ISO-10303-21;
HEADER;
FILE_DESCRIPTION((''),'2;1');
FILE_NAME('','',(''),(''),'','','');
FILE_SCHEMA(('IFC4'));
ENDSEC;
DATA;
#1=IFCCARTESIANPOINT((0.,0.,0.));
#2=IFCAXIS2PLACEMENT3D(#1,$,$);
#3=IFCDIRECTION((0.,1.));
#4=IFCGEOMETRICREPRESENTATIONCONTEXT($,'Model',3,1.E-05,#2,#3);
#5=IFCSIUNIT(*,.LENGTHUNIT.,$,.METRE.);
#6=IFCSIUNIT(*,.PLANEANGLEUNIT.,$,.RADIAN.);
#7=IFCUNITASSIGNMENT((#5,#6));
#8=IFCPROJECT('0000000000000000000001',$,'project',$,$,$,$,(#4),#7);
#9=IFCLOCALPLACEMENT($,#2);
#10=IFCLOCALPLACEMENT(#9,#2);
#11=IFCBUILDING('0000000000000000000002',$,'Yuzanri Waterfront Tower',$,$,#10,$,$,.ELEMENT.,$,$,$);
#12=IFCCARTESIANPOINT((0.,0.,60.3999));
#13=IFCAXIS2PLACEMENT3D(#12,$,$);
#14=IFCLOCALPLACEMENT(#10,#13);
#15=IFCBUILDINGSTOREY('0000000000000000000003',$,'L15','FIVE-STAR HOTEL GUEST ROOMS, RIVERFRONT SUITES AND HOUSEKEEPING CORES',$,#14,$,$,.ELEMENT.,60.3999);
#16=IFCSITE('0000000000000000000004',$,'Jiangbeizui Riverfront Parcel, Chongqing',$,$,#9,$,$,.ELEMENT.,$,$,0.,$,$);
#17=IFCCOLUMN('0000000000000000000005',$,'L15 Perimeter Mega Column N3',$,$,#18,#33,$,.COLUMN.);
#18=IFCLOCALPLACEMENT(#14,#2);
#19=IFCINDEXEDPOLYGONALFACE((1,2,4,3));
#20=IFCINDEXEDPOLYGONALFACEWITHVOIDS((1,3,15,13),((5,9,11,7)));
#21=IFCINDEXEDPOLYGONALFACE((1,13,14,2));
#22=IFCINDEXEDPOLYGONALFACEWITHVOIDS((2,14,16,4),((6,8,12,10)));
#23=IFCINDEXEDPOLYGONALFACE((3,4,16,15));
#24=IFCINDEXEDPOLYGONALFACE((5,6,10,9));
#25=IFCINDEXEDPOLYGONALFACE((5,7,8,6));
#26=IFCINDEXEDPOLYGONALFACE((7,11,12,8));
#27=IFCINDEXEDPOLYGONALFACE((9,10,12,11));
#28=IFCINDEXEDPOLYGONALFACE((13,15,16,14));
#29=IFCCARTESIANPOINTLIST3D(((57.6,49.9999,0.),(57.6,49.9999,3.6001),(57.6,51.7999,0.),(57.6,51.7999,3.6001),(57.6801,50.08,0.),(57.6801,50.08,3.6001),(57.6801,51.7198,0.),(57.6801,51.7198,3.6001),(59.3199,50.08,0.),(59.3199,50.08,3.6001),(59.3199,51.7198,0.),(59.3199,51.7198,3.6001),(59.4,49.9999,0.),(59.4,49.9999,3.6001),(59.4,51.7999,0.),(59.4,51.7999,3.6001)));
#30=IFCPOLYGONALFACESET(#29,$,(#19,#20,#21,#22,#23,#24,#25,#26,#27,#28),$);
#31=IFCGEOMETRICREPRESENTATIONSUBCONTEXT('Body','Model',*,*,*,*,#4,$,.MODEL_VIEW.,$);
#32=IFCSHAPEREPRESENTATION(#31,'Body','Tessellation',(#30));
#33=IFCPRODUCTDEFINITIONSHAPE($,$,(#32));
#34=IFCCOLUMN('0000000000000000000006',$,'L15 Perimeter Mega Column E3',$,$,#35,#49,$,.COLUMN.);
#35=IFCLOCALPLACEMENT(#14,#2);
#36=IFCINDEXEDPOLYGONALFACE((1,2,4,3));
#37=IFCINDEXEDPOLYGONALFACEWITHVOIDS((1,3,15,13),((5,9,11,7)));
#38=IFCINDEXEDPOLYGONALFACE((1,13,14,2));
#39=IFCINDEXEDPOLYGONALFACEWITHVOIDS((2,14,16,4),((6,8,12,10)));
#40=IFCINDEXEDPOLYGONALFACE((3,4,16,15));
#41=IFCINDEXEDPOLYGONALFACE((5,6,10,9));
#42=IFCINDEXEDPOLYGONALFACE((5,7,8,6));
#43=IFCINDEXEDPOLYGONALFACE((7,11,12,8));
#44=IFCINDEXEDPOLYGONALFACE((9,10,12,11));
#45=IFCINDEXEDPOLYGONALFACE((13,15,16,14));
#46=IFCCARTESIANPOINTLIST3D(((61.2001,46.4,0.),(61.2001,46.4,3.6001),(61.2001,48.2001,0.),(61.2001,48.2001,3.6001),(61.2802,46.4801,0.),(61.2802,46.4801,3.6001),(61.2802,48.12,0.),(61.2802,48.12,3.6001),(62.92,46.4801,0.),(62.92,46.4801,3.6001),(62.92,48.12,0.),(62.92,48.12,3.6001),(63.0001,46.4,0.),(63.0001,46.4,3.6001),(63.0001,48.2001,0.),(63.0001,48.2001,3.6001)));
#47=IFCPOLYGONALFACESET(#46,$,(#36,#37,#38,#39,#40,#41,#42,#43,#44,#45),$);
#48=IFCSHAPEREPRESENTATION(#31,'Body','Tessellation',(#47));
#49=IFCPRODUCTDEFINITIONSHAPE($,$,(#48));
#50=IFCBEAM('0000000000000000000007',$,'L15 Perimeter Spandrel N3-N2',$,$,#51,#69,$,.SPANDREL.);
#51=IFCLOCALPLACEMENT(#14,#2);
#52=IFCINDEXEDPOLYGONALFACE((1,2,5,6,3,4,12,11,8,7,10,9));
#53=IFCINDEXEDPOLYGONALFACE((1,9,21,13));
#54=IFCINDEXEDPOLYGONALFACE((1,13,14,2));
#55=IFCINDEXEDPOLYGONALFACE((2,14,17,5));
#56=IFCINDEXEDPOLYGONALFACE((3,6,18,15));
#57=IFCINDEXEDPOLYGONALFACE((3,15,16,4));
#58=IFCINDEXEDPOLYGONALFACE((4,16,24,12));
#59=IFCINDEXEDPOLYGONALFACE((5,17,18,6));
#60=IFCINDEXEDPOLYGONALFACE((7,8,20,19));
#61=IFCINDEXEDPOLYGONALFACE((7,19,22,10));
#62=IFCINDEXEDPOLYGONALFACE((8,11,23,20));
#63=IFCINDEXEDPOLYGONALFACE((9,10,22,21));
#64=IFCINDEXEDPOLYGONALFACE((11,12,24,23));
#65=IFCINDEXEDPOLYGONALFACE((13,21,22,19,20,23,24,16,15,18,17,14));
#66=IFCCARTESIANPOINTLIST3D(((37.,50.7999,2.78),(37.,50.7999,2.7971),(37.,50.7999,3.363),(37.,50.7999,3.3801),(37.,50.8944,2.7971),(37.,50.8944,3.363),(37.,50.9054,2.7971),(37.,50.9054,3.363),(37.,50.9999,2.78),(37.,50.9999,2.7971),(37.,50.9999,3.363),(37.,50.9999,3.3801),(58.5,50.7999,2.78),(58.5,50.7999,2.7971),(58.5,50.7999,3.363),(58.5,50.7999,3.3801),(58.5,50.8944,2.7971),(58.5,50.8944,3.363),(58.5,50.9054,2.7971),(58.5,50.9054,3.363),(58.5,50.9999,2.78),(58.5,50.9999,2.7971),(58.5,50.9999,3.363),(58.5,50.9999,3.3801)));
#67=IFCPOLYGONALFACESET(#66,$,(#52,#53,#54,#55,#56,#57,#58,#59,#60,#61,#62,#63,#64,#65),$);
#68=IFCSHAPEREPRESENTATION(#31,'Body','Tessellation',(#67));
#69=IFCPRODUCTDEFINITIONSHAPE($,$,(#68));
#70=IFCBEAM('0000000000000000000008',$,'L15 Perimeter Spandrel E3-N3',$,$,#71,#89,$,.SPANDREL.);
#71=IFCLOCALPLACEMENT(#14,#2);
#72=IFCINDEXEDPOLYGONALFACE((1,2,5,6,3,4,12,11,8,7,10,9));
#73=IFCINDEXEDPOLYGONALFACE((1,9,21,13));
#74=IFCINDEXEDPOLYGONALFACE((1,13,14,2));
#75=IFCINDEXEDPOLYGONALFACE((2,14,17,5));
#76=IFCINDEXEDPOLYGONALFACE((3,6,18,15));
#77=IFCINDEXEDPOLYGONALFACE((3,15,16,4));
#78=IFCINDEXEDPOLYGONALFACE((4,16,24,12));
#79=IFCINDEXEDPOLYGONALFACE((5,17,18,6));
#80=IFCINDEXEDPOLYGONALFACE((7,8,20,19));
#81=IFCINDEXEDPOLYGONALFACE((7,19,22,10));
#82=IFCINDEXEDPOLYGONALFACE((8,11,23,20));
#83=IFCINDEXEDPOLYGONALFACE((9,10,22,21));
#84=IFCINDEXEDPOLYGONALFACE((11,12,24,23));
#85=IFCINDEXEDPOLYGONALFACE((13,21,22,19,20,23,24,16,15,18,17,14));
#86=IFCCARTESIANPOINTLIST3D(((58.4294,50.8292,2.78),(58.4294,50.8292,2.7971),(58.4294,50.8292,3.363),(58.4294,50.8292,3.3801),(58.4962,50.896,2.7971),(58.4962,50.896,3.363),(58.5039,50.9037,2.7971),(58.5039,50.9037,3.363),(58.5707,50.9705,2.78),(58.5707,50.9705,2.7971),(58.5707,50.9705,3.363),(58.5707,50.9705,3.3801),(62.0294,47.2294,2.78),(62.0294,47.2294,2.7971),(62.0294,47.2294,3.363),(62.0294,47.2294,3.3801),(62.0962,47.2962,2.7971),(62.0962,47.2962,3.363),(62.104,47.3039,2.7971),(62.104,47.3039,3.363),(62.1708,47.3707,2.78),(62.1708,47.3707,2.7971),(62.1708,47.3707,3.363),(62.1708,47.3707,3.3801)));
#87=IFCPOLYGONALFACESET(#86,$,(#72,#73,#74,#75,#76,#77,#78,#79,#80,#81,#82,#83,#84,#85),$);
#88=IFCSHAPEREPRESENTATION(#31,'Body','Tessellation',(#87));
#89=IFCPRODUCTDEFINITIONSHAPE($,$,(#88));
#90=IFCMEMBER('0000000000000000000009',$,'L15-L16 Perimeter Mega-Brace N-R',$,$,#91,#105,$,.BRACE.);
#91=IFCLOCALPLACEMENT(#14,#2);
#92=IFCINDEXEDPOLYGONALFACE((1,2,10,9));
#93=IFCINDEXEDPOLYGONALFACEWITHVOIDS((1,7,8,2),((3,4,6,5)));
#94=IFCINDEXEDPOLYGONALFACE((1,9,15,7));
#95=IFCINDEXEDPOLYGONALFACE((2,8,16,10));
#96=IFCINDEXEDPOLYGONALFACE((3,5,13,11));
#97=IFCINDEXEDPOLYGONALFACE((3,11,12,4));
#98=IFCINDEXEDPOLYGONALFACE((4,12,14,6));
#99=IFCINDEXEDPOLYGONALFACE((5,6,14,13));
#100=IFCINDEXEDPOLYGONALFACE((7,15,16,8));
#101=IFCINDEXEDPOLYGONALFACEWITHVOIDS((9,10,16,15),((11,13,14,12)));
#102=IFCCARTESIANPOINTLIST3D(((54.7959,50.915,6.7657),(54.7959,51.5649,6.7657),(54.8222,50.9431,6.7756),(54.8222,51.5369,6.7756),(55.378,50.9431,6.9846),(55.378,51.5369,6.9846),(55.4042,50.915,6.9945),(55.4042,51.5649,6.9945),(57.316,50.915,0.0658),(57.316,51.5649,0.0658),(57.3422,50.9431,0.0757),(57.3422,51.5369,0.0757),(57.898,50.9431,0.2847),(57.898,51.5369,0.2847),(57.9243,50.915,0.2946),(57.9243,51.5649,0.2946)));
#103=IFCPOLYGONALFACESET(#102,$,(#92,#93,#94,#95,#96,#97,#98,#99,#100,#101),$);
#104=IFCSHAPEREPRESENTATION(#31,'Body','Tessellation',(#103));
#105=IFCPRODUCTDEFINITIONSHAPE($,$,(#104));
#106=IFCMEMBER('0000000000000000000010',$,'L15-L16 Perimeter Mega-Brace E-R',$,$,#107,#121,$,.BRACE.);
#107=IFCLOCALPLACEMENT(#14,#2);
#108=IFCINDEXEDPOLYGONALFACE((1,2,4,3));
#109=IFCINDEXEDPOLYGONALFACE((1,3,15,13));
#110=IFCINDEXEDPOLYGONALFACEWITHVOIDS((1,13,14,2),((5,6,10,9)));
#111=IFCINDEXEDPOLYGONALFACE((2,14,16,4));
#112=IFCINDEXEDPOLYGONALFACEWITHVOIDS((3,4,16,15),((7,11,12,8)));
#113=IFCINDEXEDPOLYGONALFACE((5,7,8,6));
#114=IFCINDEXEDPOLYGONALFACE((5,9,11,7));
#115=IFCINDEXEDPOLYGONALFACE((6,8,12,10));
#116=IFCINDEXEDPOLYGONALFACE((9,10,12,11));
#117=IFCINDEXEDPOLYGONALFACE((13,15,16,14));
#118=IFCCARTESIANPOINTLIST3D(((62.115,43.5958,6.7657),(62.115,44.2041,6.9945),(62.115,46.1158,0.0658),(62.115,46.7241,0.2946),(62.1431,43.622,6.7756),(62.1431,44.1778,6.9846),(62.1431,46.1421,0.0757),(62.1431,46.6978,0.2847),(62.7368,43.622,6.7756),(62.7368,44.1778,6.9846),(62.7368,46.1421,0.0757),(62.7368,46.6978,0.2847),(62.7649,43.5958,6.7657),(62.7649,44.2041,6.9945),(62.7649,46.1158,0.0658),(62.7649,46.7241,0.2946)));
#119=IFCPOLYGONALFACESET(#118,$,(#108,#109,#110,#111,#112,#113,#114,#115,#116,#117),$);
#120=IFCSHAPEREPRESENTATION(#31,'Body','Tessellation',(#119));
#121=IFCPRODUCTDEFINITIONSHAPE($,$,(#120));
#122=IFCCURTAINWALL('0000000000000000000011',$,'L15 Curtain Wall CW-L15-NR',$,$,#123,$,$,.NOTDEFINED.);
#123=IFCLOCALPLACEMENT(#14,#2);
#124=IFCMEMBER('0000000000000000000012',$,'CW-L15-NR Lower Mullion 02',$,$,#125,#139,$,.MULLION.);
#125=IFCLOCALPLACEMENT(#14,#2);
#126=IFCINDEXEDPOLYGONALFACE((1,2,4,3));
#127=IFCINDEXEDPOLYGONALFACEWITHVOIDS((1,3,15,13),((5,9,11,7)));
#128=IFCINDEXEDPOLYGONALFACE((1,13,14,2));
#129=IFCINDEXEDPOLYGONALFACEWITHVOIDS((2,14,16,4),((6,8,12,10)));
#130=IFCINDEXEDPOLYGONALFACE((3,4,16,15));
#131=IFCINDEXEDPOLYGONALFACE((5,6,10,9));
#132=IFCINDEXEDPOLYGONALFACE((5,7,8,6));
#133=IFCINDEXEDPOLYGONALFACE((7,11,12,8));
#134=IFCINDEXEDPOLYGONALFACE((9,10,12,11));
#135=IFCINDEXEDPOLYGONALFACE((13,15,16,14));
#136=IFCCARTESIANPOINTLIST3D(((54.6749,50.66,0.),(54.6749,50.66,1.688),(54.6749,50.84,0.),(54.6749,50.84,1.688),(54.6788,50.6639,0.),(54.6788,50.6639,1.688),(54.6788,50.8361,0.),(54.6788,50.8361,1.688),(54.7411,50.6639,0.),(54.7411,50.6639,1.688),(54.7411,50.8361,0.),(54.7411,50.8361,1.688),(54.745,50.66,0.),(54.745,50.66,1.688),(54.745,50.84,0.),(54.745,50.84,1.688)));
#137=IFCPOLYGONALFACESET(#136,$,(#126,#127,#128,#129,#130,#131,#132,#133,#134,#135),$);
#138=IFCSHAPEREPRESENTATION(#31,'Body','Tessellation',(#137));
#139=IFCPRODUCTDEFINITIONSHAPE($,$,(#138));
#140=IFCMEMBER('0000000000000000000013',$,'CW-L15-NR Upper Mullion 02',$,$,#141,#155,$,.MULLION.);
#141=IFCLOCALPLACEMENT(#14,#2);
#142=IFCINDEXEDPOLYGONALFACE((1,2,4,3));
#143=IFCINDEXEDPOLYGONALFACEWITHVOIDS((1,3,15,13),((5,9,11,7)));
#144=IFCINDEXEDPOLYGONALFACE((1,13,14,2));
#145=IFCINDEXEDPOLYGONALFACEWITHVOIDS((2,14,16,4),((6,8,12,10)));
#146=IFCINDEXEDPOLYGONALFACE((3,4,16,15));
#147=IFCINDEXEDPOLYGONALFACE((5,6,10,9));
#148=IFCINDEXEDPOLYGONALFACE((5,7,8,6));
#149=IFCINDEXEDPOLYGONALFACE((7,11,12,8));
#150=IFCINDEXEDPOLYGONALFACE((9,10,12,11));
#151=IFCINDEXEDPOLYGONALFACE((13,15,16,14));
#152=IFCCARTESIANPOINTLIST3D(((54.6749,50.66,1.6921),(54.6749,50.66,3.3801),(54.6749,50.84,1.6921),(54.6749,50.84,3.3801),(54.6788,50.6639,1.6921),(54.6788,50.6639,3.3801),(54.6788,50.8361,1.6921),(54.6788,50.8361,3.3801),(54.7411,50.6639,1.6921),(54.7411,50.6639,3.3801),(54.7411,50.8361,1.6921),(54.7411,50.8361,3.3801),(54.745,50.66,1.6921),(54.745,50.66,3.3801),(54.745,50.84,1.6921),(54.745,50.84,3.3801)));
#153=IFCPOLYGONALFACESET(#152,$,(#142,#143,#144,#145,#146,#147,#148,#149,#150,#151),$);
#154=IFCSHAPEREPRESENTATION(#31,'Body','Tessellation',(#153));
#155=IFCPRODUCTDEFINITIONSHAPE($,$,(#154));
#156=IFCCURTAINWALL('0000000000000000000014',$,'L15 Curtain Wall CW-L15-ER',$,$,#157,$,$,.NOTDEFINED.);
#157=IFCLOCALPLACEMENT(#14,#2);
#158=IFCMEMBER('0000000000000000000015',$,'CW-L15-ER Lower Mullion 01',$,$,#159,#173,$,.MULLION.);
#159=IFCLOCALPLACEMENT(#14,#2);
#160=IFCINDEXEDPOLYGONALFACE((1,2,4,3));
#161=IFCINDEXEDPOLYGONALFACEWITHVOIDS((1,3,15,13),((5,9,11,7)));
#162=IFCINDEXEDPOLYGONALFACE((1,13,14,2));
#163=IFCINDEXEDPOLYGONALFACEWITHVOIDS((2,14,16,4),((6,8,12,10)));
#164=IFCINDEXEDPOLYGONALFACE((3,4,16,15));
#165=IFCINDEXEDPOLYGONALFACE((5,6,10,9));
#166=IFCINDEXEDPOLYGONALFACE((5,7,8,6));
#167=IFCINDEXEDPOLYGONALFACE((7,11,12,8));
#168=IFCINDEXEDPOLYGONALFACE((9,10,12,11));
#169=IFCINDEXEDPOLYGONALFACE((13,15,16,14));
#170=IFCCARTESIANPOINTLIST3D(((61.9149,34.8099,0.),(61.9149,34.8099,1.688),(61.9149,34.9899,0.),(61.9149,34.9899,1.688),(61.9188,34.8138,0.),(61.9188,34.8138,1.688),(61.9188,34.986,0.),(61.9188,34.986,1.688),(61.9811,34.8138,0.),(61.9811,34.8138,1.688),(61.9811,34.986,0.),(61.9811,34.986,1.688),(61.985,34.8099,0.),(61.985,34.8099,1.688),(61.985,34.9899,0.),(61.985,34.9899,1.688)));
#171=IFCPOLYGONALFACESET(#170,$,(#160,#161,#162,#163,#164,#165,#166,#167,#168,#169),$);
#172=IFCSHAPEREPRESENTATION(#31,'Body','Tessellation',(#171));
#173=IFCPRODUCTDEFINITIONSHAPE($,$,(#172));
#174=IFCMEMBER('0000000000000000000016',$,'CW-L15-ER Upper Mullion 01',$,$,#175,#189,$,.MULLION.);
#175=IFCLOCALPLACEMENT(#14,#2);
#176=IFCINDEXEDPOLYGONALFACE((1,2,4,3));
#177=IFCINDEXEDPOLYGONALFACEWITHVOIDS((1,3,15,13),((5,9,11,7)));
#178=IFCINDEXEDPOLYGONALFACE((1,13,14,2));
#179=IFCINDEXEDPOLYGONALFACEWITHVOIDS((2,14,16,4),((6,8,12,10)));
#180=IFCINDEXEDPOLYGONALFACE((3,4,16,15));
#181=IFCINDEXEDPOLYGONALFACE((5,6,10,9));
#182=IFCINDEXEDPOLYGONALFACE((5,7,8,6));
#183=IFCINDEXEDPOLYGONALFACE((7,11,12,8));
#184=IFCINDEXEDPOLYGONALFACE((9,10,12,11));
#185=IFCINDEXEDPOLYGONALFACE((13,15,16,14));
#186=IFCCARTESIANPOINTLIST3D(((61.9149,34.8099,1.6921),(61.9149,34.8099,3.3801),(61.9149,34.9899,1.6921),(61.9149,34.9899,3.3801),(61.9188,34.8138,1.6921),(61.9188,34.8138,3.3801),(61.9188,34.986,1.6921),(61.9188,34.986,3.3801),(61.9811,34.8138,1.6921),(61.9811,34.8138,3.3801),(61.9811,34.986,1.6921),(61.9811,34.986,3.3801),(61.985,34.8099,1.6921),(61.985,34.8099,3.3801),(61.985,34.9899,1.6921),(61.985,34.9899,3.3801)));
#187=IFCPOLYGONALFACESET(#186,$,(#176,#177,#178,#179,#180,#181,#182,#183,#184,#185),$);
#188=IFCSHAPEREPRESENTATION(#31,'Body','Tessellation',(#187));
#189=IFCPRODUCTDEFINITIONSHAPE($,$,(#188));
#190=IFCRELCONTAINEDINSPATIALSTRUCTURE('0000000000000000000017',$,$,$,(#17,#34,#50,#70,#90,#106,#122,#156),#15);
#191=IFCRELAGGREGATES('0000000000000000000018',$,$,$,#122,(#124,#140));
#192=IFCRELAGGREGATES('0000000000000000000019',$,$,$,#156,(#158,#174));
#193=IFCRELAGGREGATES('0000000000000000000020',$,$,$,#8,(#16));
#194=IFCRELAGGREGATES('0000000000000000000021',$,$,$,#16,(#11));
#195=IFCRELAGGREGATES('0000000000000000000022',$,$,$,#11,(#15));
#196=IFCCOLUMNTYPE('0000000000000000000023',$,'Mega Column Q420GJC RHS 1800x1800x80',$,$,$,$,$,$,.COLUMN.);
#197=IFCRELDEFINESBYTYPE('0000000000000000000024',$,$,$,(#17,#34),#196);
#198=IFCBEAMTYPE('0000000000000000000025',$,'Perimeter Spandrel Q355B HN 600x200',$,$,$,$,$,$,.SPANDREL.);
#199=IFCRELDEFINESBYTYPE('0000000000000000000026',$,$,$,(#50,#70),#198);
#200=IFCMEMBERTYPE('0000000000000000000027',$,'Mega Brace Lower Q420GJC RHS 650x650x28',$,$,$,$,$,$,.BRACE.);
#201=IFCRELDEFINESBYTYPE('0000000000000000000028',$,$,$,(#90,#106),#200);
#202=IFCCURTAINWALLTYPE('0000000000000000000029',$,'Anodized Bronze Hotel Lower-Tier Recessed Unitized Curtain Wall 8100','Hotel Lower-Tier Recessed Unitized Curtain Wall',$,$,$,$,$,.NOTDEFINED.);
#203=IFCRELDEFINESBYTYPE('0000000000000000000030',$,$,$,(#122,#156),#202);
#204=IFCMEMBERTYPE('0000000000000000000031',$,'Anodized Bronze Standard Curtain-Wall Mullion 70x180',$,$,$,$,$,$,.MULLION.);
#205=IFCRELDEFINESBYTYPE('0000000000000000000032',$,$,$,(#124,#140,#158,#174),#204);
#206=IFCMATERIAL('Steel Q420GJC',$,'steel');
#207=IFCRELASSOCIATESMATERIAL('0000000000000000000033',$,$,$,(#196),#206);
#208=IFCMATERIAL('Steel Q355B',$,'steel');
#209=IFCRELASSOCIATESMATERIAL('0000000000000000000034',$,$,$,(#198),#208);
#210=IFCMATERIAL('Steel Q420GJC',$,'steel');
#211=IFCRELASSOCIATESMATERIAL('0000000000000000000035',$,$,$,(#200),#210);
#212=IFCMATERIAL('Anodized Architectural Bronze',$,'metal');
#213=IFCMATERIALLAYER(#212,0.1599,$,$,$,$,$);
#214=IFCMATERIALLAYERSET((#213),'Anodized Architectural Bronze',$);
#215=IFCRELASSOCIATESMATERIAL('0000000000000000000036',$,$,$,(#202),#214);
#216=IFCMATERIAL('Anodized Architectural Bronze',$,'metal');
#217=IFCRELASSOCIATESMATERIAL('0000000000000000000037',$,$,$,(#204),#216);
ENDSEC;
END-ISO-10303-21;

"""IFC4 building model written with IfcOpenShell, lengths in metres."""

from ifc_helpers import new_model, si_unit, direction, frame, origin, origin_2d, place, context, subcontext, project, spatial, hollow_rectangle, i_section, extrude, source, transform, mapped, material, layer, layer_set, material_profile, profile_set, type_object, element, aggregate, save


model = new_model("IFC4")

# Units and contexts
model_context = context("Model", 3, precision=1e-05, world=origin(), true_north=direction((0.0, 1.0)))
body_context = subcontext(model_context, "Body", "Model", "MODEL_VIEW")
ifc_project = project(units=[si_unit("LENGTHUNIT", "METRE"), si_unit("PLANEANGLEUNIT", "RADIAN")], contexts=[model_context])

# Site, building, storey
site_placement = place(None, origin())
site = spatial("IfcSite", under=ifc_project, at=site_placement, Name="Jiangbeizui Riverfront Parcel, Chongqing", CompositionType="ELEMENT", RefElevation=0.0)
building_placement = place(site_placement, origin())
building = spatial("IfcBuilding", under=site, at=building_placement, Name="Yuzanri Waterfront Tower", CompositionType="ELEMENT")
storey_placement = place(building_placement, frame((0.0, 0.0, 60.3999)))
storey = spatial("IfcBuildingStorey", under=building, at=storey_placement, Name="L15", Description="FIVE-STAR HOTEL GUEST ROOMS, RIVERFRONT SUITES AND HOUSEKEEPING CORES", CompositionType="ELEMENT", Elevation=60.3999)

# Columns
ifc_material_1 = material(Name="Steel Q420GJC", Category="steel")
ifc_material_profile_1 = material_profile(ifc_material_1, hollow_rectangle(XDim=1.8, YDim=1.8, WallThickness=0.0801, at=origin_2d()), Name="RHS 1800x1800x80")
ifc_profile_set_1 = profile_set([ifc_material_profile_1], Name="Steel Q420GJC")
column_type = type_object("IfcColumnType", Name="Mega Column Q420GJC RHS 1800x1800x80", PredefinedType="COLUMN", material=ifc_profile_set_1)
shared_shape_1 = source(origin(), body_context, "Body", "SweptSolid", [
    extrude(hollow_rectangle(XDim=1.8, YDim=1.8, WallThickness=0.0801, at=origin_2d()), origin(), (0.0, 0.0, 1.0), 3.6001),
])
for number, where, z_axis, x_axis, name in (
    (1, (58.5, 50.8999, 0.0), (0.0, 0.0, 1.0), (1.0, 0.0, 0.0), "L15 Perimeter Mega Column N3"),
    (2, (62.1001, 47.3, 0.0), (0.0, 0.0, 1.0), (1.0, 0.0, 0.0), "L15 Perimeter Mega Column E3"),
):
    element("IfcColumn", number, at=place(storey_placement, frame(where, z_axis=z_axis, x_axis=x_axis)), inside=storey, type_object=column_type, Name=name, PredefinedType="COLUMN", context=body_context, shape_type="MappedRepresentation", body=[
        mapped(shared_shape_1, transform((0.0, 0.0, 0.0), scale=1.0)),
    ])

# Beams
ifc_material_2 = material(Name="Steel Q355B", Category="steel")
ifc_material_profile_2 = material_profile(ifc_material_2, i_section(OverallWidth=0.2, OverallDepth=0.6001, WebThickness=0.011, FlangeThickness=0.0171, at=origin_2d()), Name="HN 600x200x11x17")
ifc_profile_set_2 = profile_set([ifc_material_profile_2], Name="Steel Q355B")
beam_type = type_object("IfcBeamType", Name="Perimeter Spandrel Q355B HN 600x200", PredefinedType="SPANDREL", material=ifc_profile_set_2)
shared_shape_2 = source(origin(), body_context, "Body", "SweptSolid", [
    extrude(i_section(OverallWidth=0.2, OverallDepth=0.6001, WebThickness=0.011, FlangeThickness=0.0171, at=origin_2d()), origin(), (0.0, 0.0, 1.0), 21.5),
])
beam_1_placement = place(storey_placement, frame((58.5, 50.8999, 3.0801), z_axis=(-1.0, 0.0, 0.0), x_axis=(0.0, -1.0, 0.0)))
element("IfcBeam", 3, at=beam_1_placement, inside=storey, type_object=beam_type, Name="L15 Perimeter Spandrel N3-N2", PredefinedType="SPANDREL", context=body_context, shape_type="MappedRepresentation", body=[
    mapped(shared_shape_2, transform((0.0, 0.0, 0.0), scale=1.0)),
])
shared_shape_3 = source(origin(), body_context, "Body", "SweptSolid", [
    extrude(i_section(OverallWidth=0.2, OverallDepth=0.6001, WebThickness=0.011, FlangeThickness=0.0171, at=origin_2d()), origin(), (0.0, 0.0, 1.0), 5.0911),
])
beam_2_placement = place(storey_placement, frame((62.1001, 47.3, 3.0801), z_axis=(-0.707131, 0.707083, 0.0), x_axis=(-0.707083, -0.707131, 0.0)))
element("IfcBeam", 4, at=beam_2_placement, inside=storey, type_object=beam_type, Name="L15 Perimeter Spandrel E3-N3", PredefinedType="SPANDREL", context=body_context, shape_type="MappedRepresentation", body=[
    mapped(shared_shape_3, transform((0.0, 0.0, 0.0), scale=1.0)),
])

# Members
ifc_material_3 = material(Name="Steel Q420GJC", Category="steel")
ifc_material_profile_3 = material_profile(ifc_material_3, hollow_rectangle(XDim=0.6499, YDim=0.6499, WallThickness=0.0281, at=origin_2d()), Name="RHS 650x650x28")
ifc_profile_set_3 = profile_set([ifc_material_profile_3], Name="Steel Q420GJC")
member_type_1 = type_object("IfcMemberType", Name="Mega Brace Lower Q420GJC RHS 650x650x28", PredefinedType="BRACE", material=ifc_profile_set_3)
shared_shape_4 = source(origin(), body_context, "Body", "SweptSolid", [
    extrude(hollow_rectangle(XDim=0.6499, YDim=0.6499, WallThickness=0.0281, at=origin_2d()), origin(), (0.0, 0.0, 1.0), 7.1582),
])
for number, where, z_axis, x_axis, name in (
    (5, (57.6201, 51.24, 0.1802), (-0.352046, 0.0, 0.935983), (0.0, -1.0, 0.0), "L15-L16 Perimeter Mega-Brace N-R"),
    (6, (62.4399, 46.4199, 0.1802), (0.0, -0.352046, 0.935983), (1.0, 0.0, 0.0), "L15-L16 Perimeter Mega-Brace E-R"),
):
    element("IfcMember", number, at=place(storey_placement, frame(where, z_axis=z_axis, x_axis=x_axis)), inside=storey, type_object=member_type_1, Name=name, PredefinedType="BRACE", context=body_context, shape_type="MappedRepresentation", body=[
        mapped(shared_shape_4, transform((0.0, 0.0, 0.0), scale=1.0)),
    ])

# Curtain walls, members
ifc_material_4 = material(Name="Anodized Architectural Bronze", Category="metal")
ifc_layer_1 = layer(ifc_material_4, 0.1599)
ifc_layer_set_1 = layer_set([ifc_layer_1], Name="Anodized Architectural Bronze")
curtain_wall_type = type_object("IfcCurtainWallType", Name="Anodized Bronze Hotel Lower-Tier Recessed Unitized Curtain Wall 8100", Description="Hotel Lower-Tier Recessed Unitized Curtain Wall", PredefinedType="NOTDEFINED", material=ifc_layer_set_1)
curtain_wall_1_placement = place(storey_placement, origin())
curtain_wall_1 = element("IfcCurtainWall", 7, at=curtain_wall_1_placement, inside=storey, type_object=curtain_wall_type, Name="L15 Curtain Wall CW-L15-NR", PredefinedType="NOTDEFINED")
ifc_material_5 = material(Name="Anodized Architectural Bronze", Category="metal")
ifc_material_profile_4 = material_profile(ifc_material_5, hollow_rectangle(XDim=0.0701, YDim=0.1799, WallThickness=0.0039, at=origin_2d()), Name="CWM 70x180")
ifc_profile_set_4 = profile_set([ifc_material_profile_4], Name="Anodized Architectural Bronze")
member_type_2 = type_object("IfcMemberType", Name="Anodized Bronze Standard Curtain-Wall Mullion 70x180", PredefinedType="MULLION", material=ifc_profile_set_4)
shared_shape_5 = source(origin(), body_context, "Body", "SweptSolid", [
    extrude(hollow_rectangle(XDim=0.0701, YDim=0.1799, WallThickness=0.0039, at=origin_2d()), origin(), (0.0, 0.0, 1.0), 1.688),
])
member_1_placement = place(storey_placement, frame((54.71, 50.75, 0.0), z_axis=(0.0, 0.0, 1.0), x_axis=(1.0, 0.0, 0.0)))
member_1 = element("IfcMember", 8, at=member_1_placement, type_object=member_type_2, Name="CW-L15-NR Lower Mullion 02", PredefinedType="MULLION", context=body_context, shape_type="MappedRepresentation", body=[
    mapped(shared_shape_5, transform((0.0, 0.0, 0.0), scale=1.0)),
])
member_2_placement = place(storey_placement, frame((54.71, 50.75, 1.6921), z_axis=(0.0, 0.0, 1.0), x_axis=(1.0, 0.0, 0.0)))
member_2 = element("IfcMember", 9, at=member_2_placement, type_object=member_type_2, Name="CW-L15-NR Upper Mullion 02", PredefinedType="MULLION", context=body_context, shape_type="MappedRepresentation", body=[
    mapped(shared_shape_5, transform((0.0, 0.0, 0.0), scale=1.0)),
])
aggregate(curtain_wall_1, [member_1, member_2])
curtain_wall_2_placement = place(storey_placement, origin())
curtain_wall_2 = element("IfcCurtainWall", 10, at=curtain_wall_2_placement, inside=storey, type_object=curtain_wall_type, Name="L15 Curtain Wall CW-L15-ER", PredefinedType="NOTDEFINED")
member_3_placement = place(storey_placement, frame((61.95, 34.8999, 0.0), z_axis=(0.0, 0.0, 1.0), x_axis=(1.0, 0.0, 0.0)))
member_3 = element("IfcMember", 11, at=member_3_placement, type_object=member_type_2, Name="CW-L15-ER Lower Mullion 01", PredefinedType="MULLION", context=body_context, shape_type="MappedRepresentation", body=[
    mapped(shared_shape_5, transform((0.0, 0.0, 0.0), scale=1.0)),
])
member_4_placement = place(storey_placement, frame((61.95, 34.8999, 1.6921), z_axis=(0.0, 0.0, 1.0), x_axis=(1.0, 0.0, 0.0)))
member_4 = element("IfcMember", 12, at=member_4_placement, type_object=member_type_2, Name="CW-L15-ER Upper Mullion 01", PredefinedType="MULLION", context=body_context, shape_type="MappedRepresentation", body=[
    mapped(shared_shape_5, transform((0.0, 0.0, 0.0), scale=1.0)),
])

aggregate(curtain_wall_2, [member_3, member_4])

save(model, "model.ifc")
